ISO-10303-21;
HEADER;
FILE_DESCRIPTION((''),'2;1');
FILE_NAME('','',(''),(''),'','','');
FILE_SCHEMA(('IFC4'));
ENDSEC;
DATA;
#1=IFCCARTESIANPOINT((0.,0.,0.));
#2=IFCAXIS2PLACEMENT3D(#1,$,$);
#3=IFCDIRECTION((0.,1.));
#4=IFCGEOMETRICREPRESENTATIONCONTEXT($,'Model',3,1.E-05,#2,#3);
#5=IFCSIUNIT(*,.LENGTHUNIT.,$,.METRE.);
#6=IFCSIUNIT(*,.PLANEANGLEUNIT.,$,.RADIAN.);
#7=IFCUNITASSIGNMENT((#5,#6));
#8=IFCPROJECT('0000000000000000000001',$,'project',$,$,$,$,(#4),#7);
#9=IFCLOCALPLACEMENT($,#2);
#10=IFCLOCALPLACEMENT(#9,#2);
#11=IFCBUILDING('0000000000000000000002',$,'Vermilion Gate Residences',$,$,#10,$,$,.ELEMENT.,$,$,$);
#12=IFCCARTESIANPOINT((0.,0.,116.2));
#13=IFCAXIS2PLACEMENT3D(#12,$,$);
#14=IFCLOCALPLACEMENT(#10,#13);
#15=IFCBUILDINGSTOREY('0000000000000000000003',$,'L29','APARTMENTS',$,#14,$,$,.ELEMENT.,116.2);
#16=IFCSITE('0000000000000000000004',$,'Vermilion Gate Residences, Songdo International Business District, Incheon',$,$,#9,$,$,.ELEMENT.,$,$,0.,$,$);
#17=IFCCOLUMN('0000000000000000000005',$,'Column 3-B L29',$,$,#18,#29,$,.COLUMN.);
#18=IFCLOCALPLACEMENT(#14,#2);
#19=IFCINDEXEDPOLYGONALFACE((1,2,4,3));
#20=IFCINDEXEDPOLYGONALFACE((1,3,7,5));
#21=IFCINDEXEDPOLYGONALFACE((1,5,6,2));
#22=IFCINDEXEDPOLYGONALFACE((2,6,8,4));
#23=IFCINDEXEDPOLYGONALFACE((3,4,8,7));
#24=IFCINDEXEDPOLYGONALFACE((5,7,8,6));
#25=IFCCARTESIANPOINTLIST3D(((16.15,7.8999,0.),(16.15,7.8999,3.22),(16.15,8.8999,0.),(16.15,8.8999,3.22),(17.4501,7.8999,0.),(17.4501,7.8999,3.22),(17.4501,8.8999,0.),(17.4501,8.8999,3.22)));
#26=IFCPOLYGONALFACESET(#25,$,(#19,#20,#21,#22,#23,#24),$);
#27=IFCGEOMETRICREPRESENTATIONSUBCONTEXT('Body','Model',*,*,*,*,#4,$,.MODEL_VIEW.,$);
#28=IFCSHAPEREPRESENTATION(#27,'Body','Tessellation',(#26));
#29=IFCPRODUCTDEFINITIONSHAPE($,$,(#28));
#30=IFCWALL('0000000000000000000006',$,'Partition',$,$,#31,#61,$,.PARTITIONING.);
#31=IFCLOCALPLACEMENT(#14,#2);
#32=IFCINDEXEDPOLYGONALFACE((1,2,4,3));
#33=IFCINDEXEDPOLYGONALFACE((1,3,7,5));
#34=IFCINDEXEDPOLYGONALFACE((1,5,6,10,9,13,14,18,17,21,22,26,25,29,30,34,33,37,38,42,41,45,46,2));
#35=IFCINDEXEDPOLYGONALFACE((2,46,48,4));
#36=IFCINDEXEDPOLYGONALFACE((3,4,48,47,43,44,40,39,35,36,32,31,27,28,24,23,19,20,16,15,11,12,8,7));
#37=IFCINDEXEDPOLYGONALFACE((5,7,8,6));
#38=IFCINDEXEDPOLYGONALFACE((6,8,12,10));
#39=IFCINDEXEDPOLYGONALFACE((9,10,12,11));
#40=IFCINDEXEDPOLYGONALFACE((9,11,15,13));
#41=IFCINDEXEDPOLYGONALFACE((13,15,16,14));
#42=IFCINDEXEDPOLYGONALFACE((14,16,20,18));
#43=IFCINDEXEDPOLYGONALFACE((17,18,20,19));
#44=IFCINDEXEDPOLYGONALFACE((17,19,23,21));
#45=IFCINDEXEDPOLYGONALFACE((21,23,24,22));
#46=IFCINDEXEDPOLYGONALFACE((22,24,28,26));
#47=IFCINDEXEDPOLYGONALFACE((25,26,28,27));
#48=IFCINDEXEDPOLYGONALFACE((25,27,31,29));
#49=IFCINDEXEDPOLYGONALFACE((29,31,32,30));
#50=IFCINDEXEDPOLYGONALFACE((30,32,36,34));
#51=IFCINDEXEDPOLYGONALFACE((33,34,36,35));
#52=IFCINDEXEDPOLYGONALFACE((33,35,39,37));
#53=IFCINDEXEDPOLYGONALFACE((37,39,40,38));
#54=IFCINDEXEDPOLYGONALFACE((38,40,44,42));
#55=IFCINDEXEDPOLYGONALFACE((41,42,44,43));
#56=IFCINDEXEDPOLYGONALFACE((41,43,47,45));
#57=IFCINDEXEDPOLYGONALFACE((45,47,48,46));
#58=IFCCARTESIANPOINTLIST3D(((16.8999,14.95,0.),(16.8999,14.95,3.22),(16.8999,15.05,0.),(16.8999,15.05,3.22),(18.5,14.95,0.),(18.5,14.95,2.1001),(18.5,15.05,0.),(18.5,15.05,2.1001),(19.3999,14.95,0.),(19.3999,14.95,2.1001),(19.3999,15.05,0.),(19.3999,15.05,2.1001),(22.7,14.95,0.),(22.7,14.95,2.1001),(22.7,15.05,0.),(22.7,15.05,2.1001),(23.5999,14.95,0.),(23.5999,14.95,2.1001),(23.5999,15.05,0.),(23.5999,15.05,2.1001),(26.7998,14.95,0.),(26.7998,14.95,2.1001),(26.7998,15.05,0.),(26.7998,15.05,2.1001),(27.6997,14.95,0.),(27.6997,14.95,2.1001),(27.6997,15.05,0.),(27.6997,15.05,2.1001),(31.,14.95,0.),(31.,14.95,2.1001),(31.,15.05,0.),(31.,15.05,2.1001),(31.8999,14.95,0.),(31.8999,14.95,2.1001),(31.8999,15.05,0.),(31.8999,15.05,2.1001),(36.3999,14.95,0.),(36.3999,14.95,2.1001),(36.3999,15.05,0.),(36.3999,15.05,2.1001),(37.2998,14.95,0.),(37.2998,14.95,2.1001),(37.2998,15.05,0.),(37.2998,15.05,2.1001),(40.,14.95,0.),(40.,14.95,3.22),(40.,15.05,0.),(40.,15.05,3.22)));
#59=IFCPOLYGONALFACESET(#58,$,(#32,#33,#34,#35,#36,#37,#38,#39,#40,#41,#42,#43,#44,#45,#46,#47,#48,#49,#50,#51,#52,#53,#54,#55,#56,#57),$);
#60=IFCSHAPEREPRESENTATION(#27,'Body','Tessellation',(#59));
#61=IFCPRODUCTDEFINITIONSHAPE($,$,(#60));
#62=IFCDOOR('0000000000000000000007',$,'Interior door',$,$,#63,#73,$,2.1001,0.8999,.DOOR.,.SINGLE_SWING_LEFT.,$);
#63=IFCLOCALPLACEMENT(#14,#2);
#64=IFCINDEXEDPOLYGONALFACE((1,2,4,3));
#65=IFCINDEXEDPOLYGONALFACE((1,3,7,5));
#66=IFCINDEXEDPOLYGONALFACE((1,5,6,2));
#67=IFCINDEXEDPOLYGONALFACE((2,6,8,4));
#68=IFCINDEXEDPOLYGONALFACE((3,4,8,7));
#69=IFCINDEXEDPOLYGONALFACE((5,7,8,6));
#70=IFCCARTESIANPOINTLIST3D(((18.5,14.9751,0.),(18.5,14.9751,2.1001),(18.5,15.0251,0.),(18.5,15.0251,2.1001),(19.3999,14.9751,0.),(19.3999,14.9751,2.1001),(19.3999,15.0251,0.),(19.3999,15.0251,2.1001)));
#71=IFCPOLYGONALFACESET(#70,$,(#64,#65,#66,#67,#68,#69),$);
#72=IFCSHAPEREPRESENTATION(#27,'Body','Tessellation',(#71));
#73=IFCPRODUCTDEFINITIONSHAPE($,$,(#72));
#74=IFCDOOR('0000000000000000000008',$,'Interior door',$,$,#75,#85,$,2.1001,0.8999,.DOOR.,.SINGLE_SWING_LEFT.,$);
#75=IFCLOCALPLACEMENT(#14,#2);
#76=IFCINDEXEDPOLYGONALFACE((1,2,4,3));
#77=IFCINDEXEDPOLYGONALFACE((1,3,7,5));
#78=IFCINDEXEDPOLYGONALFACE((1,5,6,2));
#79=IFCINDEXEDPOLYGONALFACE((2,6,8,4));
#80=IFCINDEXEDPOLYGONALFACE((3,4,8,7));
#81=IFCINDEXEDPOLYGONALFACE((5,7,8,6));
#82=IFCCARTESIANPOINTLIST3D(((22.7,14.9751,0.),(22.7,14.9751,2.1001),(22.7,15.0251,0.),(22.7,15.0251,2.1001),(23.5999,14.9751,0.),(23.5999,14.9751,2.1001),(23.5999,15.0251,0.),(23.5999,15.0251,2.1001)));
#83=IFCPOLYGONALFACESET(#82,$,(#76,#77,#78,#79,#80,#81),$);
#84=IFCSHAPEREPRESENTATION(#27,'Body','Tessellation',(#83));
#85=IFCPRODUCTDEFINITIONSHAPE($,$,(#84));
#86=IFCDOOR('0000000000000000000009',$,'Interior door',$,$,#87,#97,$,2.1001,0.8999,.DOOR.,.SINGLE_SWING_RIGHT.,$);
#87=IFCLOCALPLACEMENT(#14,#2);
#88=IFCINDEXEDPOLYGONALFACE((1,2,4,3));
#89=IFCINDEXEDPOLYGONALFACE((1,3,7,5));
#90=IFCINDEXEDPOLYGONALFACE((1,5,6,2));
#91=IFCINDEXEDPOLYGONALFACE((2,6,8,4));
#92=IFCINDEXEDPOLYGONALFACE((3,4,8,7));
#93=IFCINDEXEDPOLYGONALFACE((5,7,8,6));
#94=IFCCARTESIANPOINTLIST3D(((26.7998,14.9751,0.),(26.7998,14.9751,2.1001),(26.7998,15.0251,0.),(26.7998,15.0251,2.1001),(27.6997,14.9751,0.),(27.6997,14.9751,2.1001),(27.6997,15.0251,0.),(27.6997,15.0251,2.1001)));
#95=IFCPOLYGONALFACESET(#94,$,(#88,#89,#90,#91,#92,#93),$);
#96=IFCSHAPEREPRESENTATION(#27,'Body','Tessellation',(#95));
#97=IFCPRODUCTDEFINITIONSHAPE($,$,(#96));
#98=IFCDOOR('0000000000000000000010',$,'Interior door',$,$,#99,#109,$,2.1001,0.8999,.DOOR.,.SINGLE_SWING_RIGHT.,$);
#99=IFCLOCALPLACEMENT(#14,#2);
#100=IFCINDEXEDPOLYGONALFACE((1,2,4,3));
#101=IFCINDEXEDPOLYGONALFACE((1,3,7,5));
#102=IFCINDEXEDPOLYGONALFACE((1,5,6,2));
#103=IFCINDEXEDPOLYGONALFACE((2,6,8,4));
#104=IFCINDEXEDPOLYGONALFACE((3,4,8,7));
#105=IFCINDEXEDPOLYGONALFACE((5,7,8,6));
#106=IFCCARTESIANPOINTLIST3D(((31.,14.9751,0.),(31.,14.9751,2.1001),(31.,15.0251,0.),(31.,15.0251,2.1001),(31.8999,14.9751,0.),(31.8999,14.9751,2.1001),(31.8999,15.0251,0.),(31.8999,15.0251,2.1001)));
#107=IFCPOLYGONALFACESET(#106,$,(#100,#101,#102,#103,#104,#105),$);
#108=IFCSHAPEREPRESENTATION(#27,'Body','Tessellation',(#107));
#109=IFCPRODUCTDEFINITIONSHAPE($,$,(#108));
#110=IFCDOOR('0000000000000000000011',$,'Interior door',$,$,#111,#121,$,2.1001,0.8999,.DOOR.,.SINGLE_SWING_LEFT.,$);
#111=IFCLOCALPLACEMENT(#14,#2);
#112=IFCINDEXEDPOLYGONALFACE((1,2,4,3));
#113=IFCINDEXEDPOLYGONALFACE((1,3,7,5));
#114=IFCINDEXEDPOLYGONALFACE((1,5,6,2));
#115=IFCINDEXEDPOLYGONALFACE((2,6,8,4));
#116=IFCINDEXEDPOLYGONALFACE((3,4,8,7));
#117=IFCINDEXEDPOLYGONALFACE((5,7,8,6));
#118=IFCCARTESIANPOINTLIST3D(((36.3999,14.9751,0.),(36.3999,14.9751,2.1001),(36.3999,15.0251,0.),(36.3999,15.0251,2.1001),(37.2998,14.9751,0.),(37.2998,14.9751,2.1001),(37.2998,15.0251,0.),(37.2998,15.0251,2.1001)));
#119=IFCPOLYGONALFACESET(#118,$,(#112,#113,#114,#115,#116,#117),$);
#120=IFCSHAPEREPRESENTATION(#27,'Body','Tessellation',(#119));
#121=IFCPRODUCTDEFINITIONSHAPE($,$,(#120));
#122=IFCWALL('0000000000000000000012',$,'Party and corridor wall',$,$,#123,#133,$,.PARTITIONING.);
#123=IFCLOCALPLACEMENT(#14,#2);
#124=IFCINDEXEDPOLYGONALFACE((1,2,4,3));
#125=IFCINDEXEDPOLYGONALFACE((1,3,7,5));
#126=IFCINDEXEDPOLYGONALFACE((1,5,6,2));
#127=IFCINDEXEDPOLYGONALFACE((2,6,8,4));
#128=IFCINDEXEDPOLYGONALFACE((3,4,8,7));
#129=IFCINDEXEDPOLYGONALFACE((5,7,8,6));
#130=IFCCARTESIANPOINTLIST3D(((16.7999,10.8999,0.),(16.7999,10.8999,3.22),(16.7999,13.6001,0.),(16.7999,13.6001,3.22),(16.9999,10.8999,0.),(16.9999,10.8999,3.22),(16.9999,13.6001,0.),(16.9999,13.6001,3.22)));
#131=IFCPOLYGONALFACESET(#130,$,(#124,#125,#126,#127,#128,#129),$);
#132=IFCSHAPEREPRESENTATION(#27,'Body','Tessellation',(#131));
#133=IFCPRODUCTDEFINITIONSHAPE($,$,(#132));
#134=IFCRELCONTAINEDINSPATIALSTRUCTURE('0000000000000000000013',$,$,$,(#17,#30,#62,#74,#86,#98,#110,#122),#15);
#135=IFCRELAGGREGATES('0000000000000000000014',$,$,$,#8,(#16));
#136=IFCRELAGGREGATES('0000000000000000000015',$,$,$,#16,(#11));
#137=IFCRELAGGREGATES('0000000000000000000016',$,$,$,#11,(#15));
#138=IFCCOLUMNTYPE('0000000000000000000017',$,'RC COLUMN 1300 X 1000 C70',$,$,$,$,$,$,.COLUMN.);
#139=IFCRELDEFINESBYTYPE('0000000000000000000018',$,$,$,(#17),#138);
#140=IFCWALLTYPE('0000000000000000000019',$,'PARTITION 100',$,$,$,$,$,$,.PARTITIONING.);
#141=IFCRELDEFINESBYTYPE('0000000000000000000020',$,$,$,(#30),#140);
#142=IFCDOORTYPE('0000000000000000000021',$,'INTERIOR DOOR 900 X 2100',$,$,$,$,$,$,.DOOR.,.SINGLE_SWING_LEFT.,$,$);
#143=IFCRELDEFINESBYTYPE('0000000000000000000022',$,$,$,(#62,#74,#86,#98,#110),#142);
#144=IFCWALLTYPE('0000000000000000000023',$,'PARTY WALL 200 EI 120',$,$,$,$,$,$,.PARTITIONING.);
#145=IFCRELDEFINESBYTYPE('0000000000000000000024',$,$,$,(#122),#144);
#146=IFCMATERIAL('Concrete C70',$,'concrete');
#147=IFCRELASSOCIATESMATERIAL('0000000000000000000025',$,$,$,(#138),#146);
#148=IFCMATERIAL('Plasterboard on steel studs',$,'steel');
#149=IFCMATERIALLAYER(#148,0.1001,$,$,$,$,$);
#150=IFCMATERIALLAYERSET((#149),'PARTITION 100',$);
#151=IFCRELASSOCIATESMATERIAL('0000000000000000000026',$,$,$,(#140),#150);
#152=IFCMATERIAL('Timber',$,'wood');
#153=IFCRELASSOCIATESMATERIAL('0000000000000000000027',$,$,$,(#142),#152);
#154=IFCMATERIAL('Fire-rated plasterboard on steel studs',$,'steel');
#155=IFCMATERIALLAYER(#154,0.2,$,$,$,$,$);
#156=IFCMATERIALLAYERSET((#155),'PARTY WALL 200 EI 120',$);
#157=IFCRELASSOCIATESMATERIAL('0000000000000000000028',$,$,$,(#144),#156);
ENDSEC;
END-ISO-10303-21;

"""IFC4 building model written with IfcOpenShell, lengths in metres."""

from ifc_helpers import new_model, si_unit, direction, frame, frame_2d, origin, origin_2d, place, context, subcontext, project, spatial, rectangle, extrude, material, layer, layer_set, material_profile, profile_set, type_object, element, fill, save


model = new_model("IFC4")

# Units and contexts
model_context = context("Model", 3, precision=1e-05, world=origin(), true_north=direction((0.0, 1.0)))
body_context = subcontext(model_context, "Body", "Model", "MODEL_VIEW")
ifc_project = project(units=[si_unit("LENGTHUNIT", "METRE"), si_unit("PLANEANGLEUNIT", "RADIAN")], contexts=[model_context])

# Site, building, storey
site_placement = place(None, origin())
site = spatial("IfcSite", under=ifc_project, at=site_placement, Name="Vermilion Gate Residences, Songdo International Business District, Incheon", CompositionType="ELEMENT", RefElevation=0.0)
building_placement = place(site_placement, origin())
building = spatial("IfcBuilding", under=site, at=building_placement, Name="Vermilion Gate Residences", CompositionType="ELEMENT")
storey_placement = place(building_placement, frame((0.0, 0.0, 116.2)))
storey = spatial("IfcBuildingStorey", under=building, at=storey_placement, Name="L29", Description="APARTMENTS", CompositionType="ELEMENT", Elevation=116.2)

# Column
ifc_material_1 = material(Name="Concrete C70", Category="concrete")
ifc_material_profile_1 = material_profile(ifc_material_1, rectangle(XDim=1.3, YDim=1.0, at=origin_2d()), Name="RC-1300x1000")
ifc_profile_set_1 = profile_set([ifc_material_profile_1], Name="Concrete C70")
column_type = type_object("IfcColumnType", Name="RC COLUMN 1300 X 1000 C70", PredefinedType="COLUMN", material=ifc_profile_set_1)
column_placement = place(storey_placement, frame((16.8, 8.3999, 0.0), z_axis=(0.0, 0.0, 1.0), x_axis=(1.0, 0.0, 0.0)))
element("IfcColumn", 1, at=column_placement, inside=storey, type_object=column_type, Name="Column 3-B L29", PredefinedType="COLUMN", context=body_context, shape_type="SweptSolid", body=[
    extrude(rectangle(XDim=1.3, YDim=1.0, at=origin_2d()), origin(), (0.0, 0.0, 1.0), 3.22),
])

# Wall, openings, doors
ifc_material_2 = material(Name="Plasterboard on steel studs", Category="steel")
ifc_layer_1 = layer(ifc_material_2, 0.1001)
ifc_layer_set_1 = layer_set([ifc_layer_1], Name="PARTITION 100")
wall_type_1 = type_object("IfcWallType", Name="PARTITION 100", PredefinedType="PARTITIONING", material=ifc_layer_set_1)
wall_1_placement = place(storey_placement, frame((16.8999, 15.0, 0.0), z_axis=(0.0, 0.0, 1.0), x_axis=(1.0, 0.0, 0.0)))
wall_1 = element("IfcWall", 2, at=wall_1_placement, inside=storey, type_object=wall_type_1, Name="Partition", PredefinedType="PARTITIONING", context=body_context, shape_type="SweptSolid", body=[
    extrude(rectangle(XDim=23.1001, YDim=0.1001, at=frame_2d((11.55, 0.0))), origin(), (0.0, 0.0, 1.0), 3.22),
])
opening_1_placement = place(wall_1_placement, frame((1.6001, 0.0, 0.0)))
opening_1 = element("IfcOpeningElement", 3, at=opening_1_placement, cuts=wall_1, PredefinedType="OPENING", context=body_context, shape_type="SweptSolid", body=[
    extrude(rectangle(XDim=0.8999, YDim=2.1001, at=frame_2d((0.45, 1.05))), frame((0.0, 0.0601, 0.0), z_axis=(0.0, -1.0, 0.0), x_axis=(1.0, 0.0, 0.0)), (0.0, 0.0, 1.0), 0.1201),
])
opening_2_placement = place(wall_1_placement, frame((5.8, 0.0, 0.0)))
opening_2 = element("IfcOpeningElement", 4, at=opening_2_placement, cuts=wall_1, PredefinedType="OPENING", context=body_context, shape_type="SweptSolid", body=[
    extrude(rectangle(XDim=0.8999, YDim=2.1001, at=frame_2d((0.45, 1.05))), frame((0.0, 0.0601, 0.0), z_axis=(0.0, -1.0, 0.0), x_axis=(1.0, 0.0, 0.0)), (0.0, 0.0, 1.0), 0.1201),
])
opening_3_placement = place(wall_1_placement, frame((9.8999, 0.0, 0.0)))
opening_3 = element("IfcOpeningElement", 5, at=opening_3_placement, cuts=wall_1, PredefinedType="OPENING", context=body_context, shape_type="SweptSolid", body=[
    extrude(rectangle(XDim=0.8999, YDim=2.1001, at=frame_2d((0.45, 1.05))), frame((0.0, 0.0601, 0.0), z_axis=(0.0, -1.0, 0.0), x_axis=(1.0, 0.0, 0.0)), (0.0, 0.0, 1.0), 0.1201),
])
opening_4_placement = place(wall_1_placement, frame((14.1001, 0.0, 0.0)))
opening_4 = element("IfcOpeningElement", 6, at=opening_4_placement, cuts=wall_1, PredefinedType="OPENING", context=body_context, shape_type="SweptSolid", body=[
    extrude(rectangle(XDim=0.8999, YDim=2.1001, at=frame_2d((0.45, 1.05))), frame((0.0, 0.0601, 0.0), z_axis=(0.0, -1.0, 0.0), x_axis=(1.0, 0.0, 0.0)), (0.0, 0.0, 1.0), 0.1201),
])
opening_5_placement = place(wall_1_placement, frame((19.5, 0.0, 0.0)))
opening_5 = element("IfcOpeningElement", 7, at=opening_5_placement, cuts=wall_1, PredefinedType="OPENING", context=body_context, shape_type="SweptSolid", body=[
    extrude(rectangle(XDim=0.8999, YDim=2.1001, at=frame_2d((0.45, 1.05))), frame((0.0, 0.0601, 0.0), z_axis=(0.0, -1.0, 0.0), x_axis=(1.0, 0.0, 0.0)), (0.0, 0.0, 1.0), 0.1201),
])
ifc_material_3 = material(Name="Timber", Category="wood")
door_type_1 = type_object("IfcDoorType", Name="INTERIOR DOOR 900 X 2100", OperationType="SINGLE_SWING_LEFT", PredefinedType="DOOR", material=ifc_material_3)
door_1_placement = place(opening_1_placement, frame((0.8999, 0.0, 0.0), z_axis=(0.0, 0.0, 1.0), x_axis=(-1.0, 0.0, 0.0)))
door_1 = element("IfcDoor", 8, at=door_1_placement, inside=storey, type_object=door_type_1, Name="Interior door", OperationType="SINGLE_SWING_LEFT", OverallHeight=2.1001, OverallWidth=0.8999, PredefinedType="DOOR", context=body_context, shape_type="SweptSolid", body=[
    extrude(rectangle(XDim=0.8999, YDim=2.1001, at=frame_2d((0.45, 1.05))), frame((0.0, 0.0249, 0.0), z_axis=(0.0, -1.0, 0.0), x_axis=(1.0, 0.0, 0.0)), (0.0, 0.0, 1.0), 0.05),
])
fill(opening_1, door_1)
door_2_placement = place(opening_2_placement, frame((0.8999, 0.0, 0.0), z_axis=(0.0, 0.0, 1.0), x_axis=(-1.0, 0.0, 0.0)))
door_2 = element("IfcDoor", 9, at=door_2_placement, inside=storey, type_object=door_type_1, Name="Interior door", OperationType="SINGLE_SWING_LEFT", OverallHeight=2.1001, OverallWidth=0.8999, PredefinedType="DOOR", context=body_context, shape_type="SweptSolid", body=[
    extrude(rectangle(XDim=0.8999, YDim=2.1001, at=frame_2d((0.45, 1.05))), frame((0.0, 0.0249, 0.0), z_axis=(0.0, -1.0, 0.0), x_axis=(1.0, 0.0, 0.0)), (0.0, 0.0, 1.0), 0.05),
])
fill(opening_2, door_2)
door_3_placement = place(opening_3_placement, frame((0.8999, 0.0, 0.0), z_axis=(0.0, 0.0, 1.0), x_axis=(-1.0, 0.0, 0.0)))
door_3 = element("IfcDoor", 10, at=door_3_placement, inside=storey, type_object=door_type_1, Name="Interior door", OperationType="SINGLE_SWING_RIGHT", OverallHeight=2.1001, OverallWidth=0.8999, PredefinedType="DOOR", context=body_context, shape_type="SweptSolid", body=[
    extrude(rectangle(XDim=0.8999, YDim=2.1001, at=frame_2d((0.45, 1.05))), frame((0.0, 0.0249, 0.0), z_axis=(0.0, -1.0, 0.0), x_axis=(1.0, 0.0, 0.0)), (0.0, 0.0, 1.0), 0.05),
])
fill(opening_3, door_3)
door_4_placement = place(opening_4_placement, frame((0.8999, 0.0, 0.0), z_axis=(0.0, 0.0, 1.0), x_axis=(-1.0, 0.0, 0.0)))
door_4 = element("IfcDoor", 11, at=door_4_placement, inside=storey, type_object=door_type_1, Name="Interior door", OperationType="SINGLE_SWING_RIGHT", OverallHeight=2.1001, OverallWidth=0.8999, PredefinedType="DOOR", context=body_context, shape_type="SweptSolid", body=[
    extrude(rectangle(XDim=0.8999, YDim=2.1001, at=frame_2d((0.45, 1.05))), frame((0.0, 0.0249, 0.0), z_axis=(0.0, -1.0, 0.0), x_axis=(1.0, 0.0, 0.0)), (0.0, 0.0, 1.0), 0.05),
])
fill(opening_4, door_4)
door_5_placement = place(opening_5_placement, frame((0.8999, 0.0, 0.0), z_axis=(0.0, 0.0, 1.0), x_axis=(-1.0, 0.0, 0.0)))
door_5 = element("IfcDoor", 12, at=door_5_placement, inside=storey, type_object=door_type_1, Name="Interior door", OperationType="SINGLE_SWING_LEFT", OverallHeight=2.1001, OverallWidth=0.8999, PredefinedType="DOOR", context=body_context, shape_type="SweptSolid", body=[
    extrude(rectangle(XDim=0.8999, YDim=2.1001, at=frame_2d((0.45, 1.05))), frame((0.0, 0.0249, 0.0), z_axis=(0.0, -1.0, 0.0), x_axis=(1.0, 0.0, 0.0)), (0.0, 0.0, 1.0), 0.05),
])
fill(opening_5, door_5)

# Wall
ifc_material_4 = material(Name="Fire-rated plasterboard on steel studs", Category="steel")
ifc_layer_2 = layer(ifc_material_4, 0.2)
ifc_layer_set_2 = layer_set([ifc_layer_2], Name="PARTY WALL 200 EI 120")
wall_type_2 = type_object("IfcWallType", Name="PARTY WALL 200 EI 120", PredefinedType="PARTITIONING", material=ifc_layer_set_2)
wall_2_placement = place(storey_placement, frame((16.8999, 10.8999, 0.0), z_axis=(0.0, 0.0, 1.0), x_axis=(0.0, 1.0, 0.0)))
element("IfcWall", 13, at=wall_2_placement, inside=storey, type_object=wall_type_2, Name="Party and corridor wall", PredefinedType="PARTITIONING", context=body_context, shape_type="SweptSolid", body=[
    extrude(rectangle(XDim=2.7002, YDim=0.2, at=frame_2d((1.3501, 0.0))), origin(), (0.0, 0.0, 1.0), 3.22),
])

save(model, "model.ifc")
